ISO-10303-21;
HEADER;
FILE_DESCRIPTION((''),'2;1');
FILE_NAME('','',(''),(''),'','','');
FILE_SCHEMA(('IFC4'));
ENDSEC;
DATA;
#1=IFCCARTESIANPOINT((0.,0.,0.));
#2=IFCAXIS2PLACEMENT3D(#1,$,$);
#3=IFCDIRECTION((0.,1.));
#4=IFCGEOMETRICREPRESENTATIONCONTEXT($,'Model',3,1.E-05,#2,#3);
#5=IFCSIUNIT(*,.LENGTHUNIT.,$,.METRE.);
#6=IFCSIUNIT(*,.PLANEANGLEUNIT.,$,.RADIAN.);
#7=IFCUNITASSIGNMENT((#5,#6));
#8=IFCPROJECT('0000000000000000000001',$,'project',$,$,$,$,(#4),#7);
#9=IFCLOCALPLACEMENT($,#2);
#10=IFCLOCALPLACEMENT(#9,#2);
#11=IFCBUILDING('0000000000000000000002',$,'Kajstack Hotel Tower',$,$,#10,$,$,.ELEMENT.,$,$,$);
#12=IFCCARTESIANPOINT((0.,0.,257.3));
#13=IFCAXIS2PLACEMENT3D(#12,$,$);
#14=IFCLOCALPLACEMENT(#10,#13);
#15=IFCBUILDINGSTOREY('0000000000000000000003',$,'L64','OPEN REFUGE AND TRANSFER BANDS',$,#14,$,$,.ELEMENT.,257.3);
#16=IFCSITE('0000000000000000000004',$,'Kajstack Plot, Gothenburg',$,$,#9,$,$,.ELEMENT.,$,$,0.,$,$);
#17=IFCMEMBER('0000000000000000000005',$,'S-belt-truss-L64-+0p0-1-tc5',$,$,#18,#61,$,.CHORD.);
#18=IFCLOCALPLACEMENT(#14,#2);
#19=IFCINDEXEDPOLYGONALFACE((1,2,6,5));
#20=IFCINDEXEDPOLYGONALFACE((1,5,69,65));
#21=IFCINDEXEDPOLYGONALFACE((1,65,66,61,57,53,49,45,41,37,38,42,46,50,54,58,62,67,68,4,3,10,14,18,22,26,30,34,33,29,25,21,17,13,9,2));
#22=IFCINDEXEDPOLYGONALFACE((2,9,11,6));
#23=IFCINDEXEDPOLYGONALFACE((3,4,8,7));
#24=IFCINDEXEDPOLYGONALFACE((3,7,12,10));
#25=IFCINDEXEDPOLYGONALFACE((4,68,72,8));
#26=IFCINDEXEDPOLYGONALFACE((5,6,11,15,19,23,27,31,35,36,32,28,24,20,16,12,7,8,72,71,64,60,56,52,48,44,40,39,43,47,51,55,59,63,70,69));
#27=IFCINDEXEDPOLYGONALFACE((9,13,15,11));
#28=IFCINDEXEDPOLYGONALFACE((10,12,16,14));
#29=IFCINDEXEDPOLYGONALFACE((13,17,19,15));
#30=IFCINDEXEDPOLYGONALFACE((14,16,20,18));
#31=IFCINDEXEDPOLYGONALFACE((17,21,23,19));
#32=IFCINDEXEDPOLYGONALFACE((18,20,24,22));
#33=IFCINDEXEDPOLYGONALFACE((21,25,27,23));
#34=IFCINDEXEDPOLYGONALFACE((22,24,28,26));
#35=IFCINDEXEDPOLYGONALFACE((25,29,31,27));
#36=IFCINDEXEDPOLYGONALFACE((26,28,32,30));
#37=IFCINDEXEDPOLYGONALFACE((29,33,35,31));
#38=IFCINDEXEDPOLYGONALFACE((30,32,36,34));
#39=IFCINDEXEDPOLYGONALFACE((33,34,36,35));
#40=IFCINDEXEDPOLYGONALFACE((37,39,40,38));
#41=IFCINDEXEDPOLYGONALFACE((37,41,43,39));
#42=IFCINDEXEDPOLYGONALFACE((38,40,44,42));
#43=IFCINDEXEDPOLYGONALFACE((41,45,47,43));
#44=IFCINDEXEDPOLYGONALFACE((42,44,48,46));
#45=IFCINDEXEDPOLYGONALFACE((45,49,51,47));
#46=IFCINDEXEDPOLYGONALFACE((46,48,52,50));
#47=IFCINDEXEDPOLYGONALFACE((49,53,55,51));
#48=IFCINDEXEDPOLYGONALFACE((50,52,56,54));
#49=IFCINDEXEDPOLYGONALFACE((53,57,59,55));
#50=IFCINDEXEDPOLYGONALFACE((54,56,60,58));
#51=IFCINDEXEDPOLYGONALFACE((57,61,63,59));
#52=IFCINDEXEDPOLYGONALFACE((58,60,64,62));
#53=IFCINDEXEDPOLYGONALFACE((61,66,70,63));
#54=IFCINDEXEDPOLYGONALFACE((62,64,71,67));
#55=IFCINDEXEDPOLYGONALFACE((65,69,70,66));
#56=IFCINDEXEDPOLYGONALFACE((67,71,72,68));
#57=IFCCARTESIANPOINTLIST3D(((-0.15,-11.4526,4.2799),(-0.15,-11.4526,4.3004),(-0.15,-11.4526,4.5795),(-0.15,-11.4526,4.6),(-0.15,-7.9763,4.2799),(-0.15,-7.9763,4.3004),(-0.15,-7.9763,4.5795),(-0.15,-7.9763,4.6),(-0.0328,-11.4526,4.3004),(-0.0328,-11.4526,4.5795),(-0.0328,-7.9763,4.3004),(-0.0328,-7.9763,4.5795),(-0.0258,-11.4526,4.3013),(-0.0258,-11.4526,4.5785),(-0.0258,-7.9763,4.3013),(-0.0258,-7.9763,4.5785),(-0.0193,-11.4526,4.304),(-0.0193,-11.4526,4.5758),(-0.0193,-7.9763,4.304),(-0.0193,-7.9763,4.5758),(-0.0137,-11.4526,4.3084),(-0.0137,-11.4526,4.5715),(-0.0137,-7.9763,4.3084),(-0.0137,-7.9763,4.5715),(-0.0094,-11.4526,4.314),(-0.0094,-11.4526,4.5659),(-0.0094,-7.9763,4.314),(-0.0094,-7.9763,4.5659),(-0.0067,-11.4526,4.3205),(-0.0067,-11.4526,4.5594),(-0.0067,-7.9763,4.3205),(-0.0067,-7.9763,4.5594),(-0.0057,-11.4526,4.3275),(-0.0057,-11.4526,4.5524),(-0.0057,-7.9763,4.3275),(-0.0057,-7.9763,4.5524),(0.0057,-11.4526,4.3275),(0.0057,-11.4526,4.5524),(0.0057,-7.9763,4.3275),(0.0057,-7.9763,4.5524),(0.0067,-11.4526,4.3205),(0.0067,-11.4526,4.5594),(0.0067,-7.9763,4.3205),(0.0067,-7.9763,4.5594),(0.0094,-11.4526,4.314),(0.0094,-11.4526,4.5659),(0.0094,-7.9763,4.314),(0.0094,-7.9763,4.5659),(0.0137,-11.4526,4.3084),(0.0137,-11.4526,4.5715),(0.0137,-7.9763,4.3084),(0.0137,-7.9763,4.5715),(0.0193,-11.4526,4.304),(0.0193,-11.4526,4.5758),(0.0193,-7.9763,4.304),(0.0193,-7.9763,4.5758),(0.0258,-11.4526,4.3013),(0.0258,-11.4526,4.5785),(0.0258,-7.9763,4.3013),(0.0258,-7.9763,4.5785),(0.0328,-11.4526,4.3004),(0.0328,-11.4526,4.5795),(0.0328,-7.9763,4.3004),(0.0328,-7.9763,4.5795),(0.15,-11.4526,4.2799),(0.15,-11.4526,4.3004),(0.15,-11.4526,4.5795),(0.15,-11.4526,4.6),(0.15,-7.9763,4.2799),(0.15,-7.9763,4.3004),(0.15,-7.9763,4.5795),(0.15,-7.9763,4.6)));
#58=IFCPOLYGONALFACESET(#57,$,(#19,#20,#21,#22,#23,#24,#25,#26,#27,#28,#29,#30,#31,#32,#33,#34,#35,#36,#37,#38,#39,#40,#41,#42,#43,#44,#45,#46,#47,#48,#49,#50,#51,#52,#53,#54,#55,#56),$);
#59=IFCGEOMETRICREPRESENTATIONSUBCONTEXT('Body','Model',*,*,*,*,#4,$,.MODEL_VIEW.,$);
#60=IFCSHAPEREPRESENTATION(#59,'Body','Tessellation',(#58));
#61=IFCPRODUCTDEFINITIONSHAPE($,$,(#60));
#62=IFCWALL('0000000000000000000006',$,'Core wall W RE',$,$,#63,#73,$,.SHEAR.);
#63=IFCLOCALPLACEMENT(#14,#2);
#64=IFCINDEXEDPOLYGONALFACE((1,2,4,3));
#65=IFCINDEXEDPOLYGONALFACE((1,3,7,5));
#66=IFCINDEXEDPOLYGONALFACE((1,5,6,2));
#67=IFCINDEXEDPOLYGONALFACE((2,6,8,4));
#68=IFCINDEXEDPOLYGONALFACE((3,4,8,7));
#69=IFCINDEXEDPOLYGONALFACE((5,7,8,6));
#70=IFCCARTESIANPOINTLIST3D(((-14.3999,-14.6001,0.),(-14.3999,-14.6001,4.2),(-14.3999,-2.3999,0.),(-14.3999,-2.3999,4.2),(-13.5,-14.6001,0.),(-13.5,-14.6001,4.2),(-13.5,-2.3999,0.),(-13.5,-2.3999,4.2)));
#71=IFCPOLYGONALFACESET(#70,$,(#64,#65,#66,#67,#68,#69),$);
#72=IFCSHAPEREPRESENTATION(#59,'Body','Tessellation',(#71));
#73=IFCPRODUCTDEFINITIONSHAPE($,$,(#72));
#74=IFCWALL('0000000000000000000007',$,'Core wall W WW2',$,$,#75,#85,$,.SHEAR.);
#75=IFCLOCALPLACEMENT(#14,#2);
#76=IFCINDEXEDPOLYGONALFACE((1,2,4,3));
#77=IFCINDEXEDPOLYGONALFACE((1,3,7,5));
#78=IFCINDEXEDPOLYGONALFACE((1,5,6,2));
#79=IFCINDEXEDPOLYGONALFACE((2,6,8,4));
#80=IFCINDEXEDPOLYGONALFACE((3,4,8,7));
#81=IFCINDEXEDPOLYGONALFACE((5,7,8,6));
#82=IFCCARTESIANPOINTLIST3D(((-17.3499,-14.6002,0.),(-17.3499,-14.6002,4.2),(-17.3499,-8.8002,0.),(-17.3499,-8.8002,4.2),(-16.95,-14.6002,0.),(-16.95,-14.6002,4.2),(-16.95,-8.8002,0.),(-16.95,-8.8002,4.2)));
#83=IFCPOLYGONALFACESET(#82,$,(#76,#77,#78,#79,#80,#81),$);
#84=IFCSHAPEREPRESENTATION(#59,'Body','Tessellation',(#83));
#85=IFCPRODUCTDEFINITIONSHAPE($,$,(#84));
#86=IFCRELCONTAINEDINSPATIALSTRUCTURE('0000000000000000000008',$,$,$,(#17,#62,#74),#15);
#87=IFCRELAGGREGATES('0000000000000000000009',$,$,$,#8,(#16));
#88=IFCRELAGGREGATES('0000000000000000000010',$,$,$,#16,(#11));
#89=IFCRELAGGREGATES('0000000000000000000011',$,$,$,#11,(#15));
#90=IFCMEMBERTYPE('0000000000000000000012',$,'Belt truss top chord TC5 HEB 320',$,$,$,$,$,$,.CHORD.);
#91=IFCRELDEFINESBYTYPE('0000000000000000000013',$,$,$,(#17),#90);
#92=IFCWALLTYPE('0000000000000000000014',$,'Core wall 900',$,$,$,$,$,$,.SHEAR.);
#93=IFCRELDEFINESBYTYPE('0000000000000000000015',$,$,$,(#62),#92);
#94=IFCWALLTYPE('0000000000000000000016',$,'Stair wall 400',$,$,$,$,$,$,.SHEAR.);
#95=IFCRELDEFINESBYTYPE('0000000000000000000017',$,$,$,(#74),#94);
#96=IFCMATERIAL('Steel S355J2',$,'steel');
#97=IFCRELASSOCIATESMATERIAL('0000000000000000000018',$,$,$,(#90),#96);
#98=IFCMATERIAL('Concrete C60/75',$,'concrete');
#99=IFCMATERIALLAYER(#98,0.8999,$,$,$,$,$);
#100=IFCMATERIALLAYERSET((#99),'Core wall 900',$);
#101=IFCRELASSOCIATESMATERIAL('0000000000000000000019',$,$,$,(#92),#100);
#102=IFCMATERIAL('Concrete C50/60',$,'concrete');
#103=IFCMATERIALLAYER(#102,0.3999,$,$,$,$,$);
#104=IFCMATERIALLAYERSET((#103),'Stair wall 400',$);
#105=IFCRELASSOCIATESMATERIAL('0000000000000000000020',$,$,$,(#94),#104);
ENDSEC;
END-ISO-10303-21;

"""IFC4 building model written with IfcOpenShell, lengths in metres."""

from ifc_helpers import new_model, si_unit, direction, frame, frame_2d, origin, origin_2d, place, context, subcontext, project, spatial, rectangle, i_section, extrude, material, layer, layer_set, material_profile, profile_set, type_object, element, save


model = new_model("IFC4")

# Units and contexts
model_context = context("Model", 3, precision=1e-05, world=origin(), true_north=direction((0.0, 1.0)))
body_context = subcontext(model_context, "Body", "Model", "MODEL_VIEW")
ifc_project = project(units=[si_unit("LENGTHUNIT", "METRE"), si_unit("PLANEANGLEUNIT", "RADIAN")], contexts=[model_context])

# Site, building, storey
site_placement = place(None, origin())
site = spatial("IfcSite", under=ifc_project, at=site_placement, Name="Kajstack Plot, Gothenburg", CompositionType="ELEMENT", RefElevation=0.0)
building_placement = place(site_placement, origin())
building = spatial("IfcBuilding", under=site, at=building_placement, Name="Kajstack Hotel Tower", CompositionType="ELEMENT")
storey_placement = place(building_placement, frame((0.0, 0.0, 257.3)))
storey = spatial("IfcBuildingStorey", under=building, at=storey_placement, Name="L64", Description="OPEN REFUGE AND TRANSFER BANDS", CompositionType="ELEMENT", Elevation=257.3)

# Member
ifc_material_1 = material(Name="Steel S355J2", Category="steel")
ifc_material_profile_1 = material_profile(ifc_material_1, i_section(OverallWidth=0.3, OverallDepth=0.3201, WebThickness=0.0115, FlangeThickness=0.0205, FilletRadius=0.0271, at=origin_2d()), Name="HEB 320")
ifc_profile_set_1 = profile_set([ifc_material_profile_1], Name="Steel S355J2")
member_type_1 = type_object("IfcMemberType", Name="Belt truss top chord TC5 HEB 320", PredefinedType="CHORD", material=ifc_profile_set_1)
member_1_placement = place(storey_placement, frame((0.0, -11.4526, 4.4399), z_axis=(0.0, 1.0, 0.0), x_axis=(-1.0, 0.0, 0.0)))
element("IfcMember", 1, at=member_1_placement, inside=storey, type_object=member_type_1, Name="S-belt-truss-L64-+0p0-1-tc5", PredefinedType="CHORD", context=body_context, shape_type="SweptSolid", body=[
    extrude(i_section(OverallWidth=0.3, OverallDepth=0.3201, WebThickness=0.0115, FlangeThickness=0.0205, FilletRadius=0.0271, at=origin_2d()), origin(), (0.0, 0.0, 1.0), 3.4763),
])

# Walls
ifc_material_2 = material(Name="Concrete C60/75", Category="concrete")
ifc_layer_1 = layer(ifc_material_2, 0.8999)
ifc_layer_set_1 = layer_set([ifc_layer_1], Name="Core wall 900")
wall_type_1 = type_object("IfcWallType", Name="Core wall 900", PredefinedType="SHEAR", material=ifc_layer_set_1)
wall_1_placement = place(storey_placement, frame((-13.95, -14.6001, 0.0), z_axis=(0.0, 0.0, 1.0), x_axis=(0.0, 1.0, 0.0)))
element("IfcWall", 2, at=wall_1_placement, inside=storey, type_object=wall_type_1, Name="Core wall W RE", PredefinedType="SHEAR", context=body_context, shape_type="SweptSolid", body=[
    extrude(rectangle(XDim=12.2002, YDim=0.8999, at=frame_2d((6.1001, 0.0))), origin(), (0.0, 0.0, 1.0), 4.2),
])
ifc_material_3 = material(Name="Concrete C50/60", Category="concrete")
ifc_layer_2 = layer(ifc_material_3, 0.3999)
ifc_layer_set_2 = layer_set([ifc_layer_2], Name="Stair wall 400")
wall_type_2 = type_object("IfcWallType", Name="Stair wall 400", PredefinedType="SHEAR", material=ifc_layer_set_2)
wall_2_placement = place(storey_placement, frame((-17.1499, -14.6001, 0.0), z_axis=(0.0, 0.0, 1.0), x_axis=(0.0, 1.0, 0.0)))
element("IfcWall", 3, at=wall_2_placement, inside=storey, type_object=wall_type_2, Name="Core wall W WW2", PredefinedType="SHEAR", context=body_context, shape_type="SweptSolid", body=[
    extrude(rectangle(XDim=5.8, YDim=0.3999, at=frame_2d((2.8999, 0.0))), origin(), (0.0, 0.0, 1.0), 4.2),
])

save(model, "model.ifc")
